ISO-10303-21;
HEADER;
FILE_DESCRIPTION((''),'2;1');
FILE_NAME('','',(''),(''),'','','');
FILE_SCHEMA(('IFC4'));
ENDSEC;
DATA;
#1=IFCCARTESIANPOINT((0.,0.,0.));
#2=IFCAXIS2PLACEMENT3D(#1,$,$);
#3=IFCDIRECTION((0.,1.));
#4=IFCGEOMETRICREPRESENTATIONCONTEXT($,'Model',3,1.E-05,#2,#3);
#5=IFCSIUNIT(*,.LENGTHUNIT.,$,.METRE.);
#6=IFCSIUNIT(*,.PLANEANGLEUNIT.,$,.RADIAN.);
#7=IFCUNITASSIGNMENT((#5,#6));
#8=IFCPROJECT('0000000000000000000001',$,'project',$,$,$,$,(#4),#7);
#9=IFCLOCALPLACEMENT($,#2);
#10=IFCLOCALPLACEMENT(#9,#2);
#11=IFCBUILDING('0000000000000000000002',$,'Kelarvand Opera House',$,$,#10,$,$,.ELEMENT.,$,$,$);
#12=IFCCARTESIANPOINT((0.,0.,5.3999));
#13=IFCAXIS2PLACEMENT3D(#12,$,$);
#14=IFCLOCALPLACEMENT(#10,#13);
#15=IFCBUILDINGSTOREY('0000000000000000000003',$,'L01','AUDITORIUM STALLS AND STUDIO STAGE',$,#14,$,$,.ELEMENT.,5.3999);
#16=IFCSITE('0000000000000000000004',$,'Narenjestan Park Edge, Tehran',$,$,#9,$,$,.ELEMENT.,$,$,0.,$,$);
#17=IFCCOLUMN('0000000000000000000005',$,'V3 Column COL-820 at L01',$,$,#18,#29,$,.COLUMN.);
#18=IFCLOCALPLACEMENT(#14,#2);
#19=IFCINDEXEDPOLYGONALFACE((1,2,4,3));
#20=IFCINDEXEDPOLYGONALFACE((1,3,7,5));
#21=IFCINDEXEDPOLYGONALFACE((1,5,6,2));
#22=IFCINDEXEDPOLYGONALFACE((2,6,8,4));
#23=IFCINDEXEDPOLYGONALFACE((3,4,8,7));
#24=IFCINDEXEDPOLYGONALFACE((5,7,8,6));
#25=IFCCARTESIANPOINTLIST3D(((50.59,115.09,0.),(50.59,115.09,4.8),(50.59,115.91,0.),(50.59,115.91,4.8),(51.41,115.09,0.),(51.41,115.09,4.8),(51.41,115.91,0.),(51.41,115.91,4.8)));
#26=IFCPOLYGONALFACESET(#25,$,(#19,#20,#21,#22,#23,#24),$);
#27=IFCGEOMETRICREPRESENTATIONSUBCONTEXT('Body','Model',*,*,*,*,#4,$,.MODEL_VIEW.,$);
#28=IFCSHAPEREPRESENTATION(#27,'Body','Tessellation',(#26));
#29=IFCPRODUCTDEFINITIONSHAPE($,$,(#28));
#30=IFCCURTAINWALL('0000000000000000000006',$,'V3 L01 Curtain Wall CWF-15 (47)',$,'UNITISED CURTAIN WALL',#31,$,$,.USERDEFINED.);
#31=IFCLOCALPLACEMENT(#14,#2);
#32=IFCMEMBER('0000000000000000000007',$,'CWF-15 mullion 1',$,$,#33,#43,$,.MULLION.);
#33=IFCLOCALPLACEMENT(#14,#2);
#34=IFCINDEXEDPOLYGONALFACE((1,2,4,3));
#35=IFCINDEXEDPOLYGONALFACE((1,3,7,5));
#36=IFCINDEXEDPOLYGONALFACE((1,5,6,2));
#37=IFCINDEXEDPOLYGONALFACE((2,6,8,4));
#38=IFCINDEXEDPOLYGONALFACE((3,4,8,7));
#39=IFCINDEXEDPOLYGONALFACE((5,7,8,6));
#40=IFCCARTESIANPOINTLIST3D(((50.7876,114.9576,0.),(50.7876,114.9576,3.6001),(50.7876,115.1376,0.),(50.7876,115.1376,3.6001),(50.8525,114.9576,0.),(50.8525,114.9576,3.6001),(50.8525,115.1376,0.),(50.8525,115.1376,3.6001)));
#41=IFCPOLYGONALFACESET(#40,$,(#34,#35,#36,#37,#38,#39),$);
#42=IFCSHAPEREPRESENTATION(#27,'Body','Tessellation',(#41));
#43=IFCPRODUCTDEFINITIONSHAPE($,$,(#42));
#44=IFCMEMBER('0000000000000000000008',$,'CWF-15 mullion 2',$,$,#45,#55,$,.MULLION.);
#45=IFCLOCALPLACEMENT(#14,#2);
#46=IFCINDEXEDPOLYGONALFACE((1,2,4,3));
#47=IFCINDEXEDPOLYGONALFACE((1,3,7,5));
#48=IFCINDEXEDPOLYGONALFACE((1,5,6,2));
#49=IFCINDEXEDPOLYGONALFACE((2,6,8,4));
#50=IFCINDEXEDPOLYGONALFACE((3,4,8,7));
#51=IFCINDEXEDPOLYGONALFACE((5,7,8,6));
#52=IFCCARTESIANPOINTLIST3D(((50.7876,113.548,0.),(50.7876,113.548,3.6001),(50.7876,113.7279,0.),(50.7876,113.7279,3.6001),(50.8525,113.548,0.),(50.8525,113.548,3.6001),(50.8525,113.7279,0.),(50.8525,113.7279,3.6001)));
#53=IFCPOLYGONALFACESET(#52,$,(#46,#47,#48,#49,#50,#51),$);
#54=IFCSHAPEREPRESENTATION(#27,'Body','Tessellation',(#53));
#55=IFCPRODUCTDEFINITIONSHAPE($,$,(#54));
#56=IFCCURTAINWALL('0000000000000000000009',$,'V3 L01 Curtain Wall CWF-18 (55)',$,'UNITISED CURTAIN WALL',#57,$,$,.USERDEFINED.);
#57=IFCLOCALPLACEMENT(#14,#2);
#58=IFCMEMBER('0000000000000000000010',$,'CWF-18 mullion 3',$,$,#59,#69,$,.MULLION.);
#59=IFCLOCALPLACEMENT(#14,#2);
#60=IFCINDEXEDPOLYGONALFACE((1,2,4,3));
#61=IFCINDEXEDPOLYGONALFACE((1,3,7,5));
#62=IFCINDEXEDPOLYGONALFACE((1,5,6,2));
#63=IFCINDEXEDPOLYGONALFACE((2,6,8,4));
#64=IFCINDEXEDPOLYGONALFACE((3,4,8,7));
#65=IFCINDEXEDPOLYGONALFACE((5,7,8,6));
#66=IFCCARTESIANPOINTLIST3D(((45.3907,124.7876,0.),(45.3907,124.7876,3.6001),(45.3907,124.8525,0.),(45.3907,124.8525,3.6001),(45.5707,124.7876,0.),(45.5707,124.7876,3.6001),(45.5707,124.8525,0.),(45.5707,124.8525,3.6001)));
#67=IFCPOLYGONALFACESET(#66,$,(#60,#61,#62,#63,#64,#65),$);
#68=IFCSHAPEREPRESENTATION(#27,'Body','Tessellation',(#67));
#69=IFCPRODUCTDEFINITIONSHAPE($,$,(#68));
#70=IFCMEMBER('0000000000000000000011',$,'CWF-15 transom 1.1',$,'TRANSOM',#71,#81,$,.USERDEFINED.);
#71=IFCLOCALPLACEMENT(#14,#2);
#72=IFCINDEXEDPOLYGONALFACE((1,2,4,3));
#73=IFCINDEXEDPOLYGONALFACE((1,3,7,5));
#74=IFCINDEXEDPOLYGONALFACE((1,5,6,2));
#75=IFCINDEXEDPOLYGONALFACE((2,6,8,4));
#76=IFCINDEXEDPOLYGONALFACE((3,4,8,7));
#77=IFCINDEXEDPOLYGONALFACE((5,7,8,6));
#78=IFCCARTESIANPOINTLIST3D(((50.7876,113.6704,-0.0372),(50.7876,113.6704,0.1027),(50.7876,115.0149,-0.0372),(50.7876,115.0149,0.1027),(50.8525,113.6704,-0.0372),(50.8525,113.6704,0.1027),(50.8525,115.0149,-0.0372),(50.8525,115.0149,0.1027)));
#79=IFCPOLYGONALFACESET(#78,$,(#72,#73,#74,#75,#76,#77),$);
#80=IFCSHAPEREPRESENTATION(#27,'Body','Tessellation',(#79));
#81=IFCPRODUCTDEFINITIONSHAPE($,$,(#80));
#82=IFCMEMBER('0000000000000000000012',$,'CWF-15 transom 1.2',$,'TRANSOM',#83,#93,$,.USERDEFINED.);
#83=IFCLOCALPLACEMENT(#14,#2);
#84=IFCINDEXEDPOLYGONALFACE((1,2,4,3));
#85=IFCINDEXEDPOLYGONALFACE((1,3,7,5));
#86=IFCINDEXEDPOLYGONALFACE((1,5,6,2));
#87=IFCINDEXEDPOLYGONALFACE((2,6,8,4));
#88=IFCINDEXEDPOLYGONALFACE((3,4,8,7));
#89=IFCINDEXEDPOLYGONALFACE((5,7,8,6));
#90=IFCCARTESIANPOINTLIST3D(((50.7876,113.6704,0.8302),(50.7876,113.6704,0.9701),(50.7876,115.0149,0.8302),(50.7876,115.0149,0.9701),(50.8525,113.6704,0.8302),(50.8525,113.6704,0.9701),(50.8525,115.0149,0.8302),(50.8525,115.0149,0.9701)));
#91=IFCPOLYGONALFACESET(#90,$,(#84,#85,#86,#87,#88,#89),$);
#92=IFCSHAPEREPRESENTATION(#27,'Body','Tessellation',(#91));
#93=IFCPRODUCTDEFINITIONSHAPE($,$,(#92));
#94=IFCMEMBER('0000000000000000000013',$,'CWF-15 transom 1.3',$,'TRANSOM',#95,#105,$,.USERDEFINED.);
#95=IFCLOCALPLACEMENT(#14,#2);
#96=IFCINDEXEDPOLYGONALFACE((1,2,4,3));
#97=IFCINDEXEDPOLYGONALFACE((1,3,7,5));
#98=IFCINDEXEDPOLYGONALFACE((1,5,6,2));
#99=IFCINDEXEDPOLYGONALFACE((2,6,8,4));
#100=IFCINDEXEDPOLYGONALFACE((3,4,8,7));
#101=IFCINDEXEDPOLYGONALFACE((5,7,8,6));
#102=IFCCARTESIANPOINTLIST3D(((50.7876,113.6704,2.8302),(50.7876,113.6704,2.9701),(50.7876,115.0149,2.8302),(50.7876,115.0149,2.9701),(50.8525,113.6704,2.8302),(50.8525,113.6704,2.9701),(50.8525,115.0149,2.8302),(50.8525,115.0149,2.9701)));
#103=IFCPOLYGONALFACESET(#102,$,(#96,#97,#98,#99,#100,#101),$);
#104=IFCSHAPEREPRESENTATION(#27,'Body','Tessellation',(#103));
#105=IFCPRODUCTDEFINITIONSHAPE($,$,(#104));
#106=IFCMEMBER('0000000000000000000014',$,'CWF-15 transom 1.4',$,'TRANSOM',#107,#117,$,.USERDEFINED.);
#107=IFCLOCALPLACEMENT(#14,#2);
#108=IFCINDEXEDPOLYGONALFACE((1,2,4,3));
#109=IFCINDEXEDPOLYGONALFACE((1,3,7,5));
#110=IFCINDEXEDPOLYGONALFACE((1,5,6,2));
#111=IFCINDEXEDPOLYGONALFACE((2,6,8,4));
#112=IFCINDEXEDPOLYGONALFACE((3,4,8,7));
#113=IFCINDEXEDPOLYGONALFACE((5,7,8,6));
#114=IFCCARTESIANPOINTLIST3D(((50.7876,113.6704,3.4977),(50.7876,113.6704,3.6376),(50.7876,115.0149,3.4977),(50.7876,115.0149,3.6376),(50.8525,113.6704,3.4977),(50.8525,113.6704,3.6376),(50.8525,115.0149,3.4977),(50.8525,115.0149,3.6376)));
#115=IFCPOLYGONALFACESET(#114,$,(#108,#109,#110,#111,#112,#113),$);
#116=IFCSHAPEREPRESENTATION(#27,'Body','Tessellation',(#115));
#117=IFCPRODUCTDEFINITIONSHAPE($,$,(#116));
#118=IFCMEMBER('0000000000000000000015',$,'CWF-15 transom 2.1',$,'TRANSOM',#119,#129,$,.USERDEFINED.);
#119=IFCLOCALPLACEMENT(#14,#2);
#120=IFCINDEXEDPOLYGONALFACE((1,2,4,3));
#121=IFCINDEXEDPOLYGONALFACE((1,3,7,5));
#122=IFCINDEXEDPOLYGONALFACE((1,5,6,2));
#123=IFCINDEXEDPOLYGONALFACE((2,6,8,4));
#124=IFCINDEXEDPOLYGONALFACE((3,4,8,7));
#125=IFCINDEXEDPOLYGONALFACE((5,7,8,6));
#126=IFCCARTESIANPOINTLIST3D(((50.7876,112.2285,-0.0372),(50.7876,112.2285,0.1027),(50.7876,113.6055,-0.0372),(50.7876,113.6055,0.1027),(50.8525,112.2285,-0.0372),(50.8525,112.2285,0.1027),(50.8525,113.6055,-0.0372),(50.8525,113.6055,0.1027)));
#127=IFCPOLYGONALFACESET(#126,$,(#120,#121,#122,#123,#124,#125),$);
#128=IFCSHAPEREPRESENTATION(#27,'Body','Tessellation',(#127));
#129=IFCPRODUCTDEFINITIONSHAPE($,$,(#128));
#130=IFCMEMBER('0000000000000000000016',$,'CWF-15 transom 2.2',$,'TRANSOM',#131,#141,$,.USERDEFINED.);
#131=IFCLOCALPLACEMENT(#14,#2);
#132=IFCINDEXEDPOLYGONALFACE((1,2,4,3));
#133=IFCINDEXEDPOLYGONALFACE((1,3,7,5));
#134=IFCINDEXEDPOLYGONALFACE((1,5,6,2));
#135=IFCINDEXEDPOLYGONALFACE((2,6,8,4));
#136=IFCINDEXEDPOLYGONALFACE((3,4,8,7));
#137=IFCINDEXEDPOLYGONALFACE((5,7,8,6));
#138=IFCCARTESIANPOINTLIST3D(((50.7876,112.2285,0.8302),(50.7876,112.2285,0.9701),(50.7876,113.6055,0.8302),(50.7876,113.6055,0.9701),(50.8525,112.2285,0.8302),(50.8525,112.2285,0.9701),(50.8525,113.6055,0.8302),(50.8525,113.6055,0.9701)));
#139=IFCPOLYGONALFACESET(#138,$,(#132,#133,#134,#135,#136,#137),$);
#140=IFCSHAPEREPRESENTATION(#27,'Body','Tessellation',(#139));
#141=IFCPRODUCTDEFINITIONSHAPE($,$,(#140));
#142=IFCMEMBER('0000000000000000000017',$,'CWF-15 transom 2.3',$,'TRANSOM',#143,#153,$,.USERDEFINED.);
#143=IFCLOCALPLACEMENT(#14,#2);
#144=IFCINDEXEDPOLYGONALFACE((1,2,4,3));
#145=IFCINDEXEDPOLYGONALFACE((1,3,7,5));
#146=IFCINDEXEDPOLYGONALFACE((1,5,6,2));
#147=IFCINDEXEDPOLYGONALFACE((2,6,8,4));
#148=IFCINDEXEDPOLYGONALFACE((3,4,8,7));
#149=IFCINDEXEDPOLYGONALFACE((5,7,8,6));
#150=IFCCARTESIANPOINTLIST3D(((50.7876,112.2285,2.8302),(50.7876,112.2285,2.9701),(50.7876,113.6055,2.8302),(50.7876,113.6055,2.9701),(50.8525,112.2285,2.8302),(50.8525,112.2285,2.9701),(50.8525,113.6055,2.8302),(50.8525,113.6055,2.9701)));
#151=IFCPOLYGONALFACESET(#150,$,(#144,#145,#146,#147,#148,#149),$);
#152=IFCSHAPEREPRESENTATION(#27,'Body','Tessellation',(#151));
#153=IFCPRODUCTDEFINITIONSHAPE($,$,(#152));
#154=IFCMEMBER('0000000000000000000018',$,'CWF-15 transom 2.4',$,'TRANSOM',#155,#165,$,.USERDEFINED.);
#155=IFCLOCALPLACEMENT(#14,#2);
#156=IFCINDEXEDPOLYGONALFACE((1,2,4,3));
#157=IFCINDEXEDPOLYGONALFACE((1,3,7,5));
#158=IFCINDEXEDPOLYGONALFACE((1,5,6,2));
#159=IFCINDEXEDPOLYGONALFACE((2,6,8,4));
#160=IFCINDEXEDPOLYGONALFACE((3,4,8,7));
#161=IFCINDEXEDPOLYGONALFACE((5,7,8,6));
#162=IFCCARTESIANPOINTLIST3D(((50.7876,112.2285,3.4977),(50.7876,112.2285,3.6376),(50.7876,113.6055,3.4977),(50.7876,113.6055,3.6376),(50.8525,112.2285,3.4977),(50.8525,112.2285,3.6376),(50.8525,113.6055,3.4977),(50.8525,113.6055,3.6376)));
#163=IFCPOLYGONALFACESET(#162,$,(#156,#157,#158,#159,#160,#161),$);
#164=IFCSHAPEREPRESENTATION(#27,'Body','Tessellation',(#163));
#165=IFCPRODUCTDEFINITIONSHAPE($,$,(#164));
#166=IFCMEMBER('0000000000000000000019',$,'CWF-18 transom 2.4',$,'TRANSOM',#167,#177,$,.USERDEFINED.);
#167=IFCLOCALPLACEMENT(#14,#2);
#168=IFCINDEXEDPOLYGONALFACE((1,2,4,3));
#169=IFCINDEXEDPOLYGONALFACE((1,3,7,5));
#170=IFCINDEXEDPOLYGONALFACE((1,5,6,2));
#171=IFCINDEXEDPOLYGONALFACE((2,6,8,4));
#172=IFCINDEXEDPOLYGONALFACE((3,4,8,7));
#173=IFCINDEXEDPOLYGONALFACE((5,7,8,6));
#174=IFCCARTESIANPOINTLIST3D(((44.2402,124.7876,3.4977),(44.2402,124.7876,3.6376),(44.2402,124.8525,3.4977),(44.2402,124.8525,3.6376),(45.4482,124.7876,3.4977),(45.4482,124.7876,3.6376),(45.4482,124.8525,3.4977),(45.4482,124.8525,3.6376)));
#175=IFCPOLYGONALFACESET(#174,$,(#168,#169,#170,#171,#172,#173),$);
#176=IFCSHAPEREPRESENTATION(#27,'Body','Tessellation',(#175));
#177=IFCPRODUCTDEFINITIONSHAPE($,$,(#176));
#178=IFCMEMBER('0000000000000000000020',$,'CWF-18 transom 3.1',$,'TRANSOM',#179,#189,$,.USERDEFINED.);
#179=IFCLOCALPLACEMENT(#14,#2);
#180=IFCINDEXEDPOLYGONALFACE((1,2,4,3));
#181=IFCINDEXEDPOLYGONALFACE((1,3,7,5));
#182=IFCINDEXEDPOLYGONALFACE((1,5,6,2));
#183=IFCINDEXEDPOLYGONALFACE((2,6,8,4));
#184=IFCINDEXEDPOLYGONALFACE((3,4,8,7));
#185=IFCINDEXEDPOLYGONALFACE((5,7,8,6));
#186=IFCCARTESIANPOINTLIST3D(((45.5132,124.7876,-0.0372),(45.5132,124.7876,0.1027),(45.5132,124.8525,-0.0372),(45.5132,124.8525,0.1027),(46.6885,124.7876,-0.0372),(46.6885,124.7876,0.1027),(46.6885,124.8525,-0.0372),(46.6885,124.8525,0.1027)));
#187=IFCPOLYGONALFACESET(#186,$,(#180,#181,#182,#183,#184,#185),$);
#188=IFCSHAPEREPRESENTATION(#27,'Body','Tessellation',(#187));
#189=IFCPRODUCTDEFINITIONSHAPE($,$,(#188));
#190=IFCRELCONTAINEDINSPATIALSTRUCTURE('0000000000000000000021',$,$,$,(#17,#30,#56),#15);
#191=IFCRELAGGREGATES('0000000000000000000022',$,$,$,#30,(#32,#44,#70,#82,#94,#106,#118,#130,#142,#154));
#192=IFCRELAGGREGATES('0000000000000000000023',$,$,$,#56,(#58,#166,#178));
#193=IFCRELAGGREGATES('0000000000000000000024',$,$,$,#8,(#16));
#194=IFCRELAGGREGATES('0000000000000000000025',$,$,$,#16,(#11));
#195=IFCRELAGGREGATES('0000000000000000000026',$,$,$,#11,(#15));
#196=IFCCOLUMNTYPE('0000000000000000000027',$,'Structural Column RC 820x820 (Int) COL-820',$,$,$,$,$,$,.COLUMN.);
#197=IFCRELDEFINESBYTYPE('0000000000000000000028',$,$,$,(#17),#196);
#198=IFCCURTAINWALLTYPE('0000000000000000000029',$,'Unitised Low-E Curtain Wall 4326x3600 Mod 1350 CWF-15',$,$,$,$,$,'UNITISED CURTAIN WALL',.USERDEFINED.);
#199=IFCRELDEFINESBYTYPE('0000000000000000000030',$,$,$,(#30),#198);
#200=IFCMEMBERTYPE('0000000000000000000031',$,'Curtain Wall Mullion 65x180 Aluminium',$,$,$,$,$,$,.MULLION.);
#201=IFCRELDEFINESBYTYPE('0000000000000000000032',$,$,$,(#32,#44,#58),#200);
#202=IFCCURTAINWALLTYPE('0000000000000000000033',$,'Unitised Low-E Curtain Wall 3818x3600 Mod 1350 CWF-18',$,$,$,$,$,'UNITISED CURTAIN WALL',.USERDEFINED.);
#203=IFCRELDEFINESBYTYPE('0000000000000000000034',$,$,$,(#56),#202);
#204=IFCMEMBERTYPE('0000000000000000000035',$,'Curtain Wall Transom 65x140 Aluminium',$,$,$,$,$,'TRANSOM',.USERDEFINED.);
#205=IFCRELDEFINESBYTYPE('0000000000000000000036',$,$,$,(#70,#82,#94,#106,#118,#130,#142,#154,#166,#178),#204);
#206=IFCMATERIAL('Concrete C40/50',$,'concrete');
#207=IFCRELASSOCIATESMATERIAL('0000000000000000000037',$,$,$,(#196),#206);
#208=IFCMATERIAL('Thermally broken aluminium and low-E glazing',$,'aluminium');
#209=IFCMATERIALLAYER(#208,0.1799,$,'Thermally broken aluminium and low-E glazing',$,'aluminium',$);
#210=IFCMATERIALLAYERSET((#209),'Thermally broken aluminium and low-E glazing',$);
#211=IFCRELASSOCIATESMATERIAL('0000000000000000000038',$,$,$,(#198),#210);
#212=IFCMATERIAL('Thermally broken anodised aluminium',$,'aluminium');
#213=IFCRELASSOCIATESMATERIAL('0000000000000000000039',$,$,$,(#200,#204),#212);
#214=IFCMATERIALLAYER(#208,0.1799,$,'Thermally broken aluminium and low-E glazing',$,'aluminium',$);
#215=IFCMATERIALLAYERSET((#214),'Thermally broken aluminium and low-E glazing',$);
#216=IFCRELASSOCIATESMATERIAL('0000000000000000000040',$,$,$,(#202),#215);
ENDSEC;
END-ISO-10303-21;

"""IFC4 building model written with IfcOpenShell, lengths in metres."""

from ifc_helpers import new_model, si_unit, direction, frame, origin, origin_2d, place, context, subcontext, project, spatial, rectangle, extrude, material, layer, layer_set, material_profile, profile_set, type_object, element, aggregate, save


model = new_model("IFC4")

# Units and contexts
model_context = context("Model", 3, precision=1e-05, world=origin(), true_north=direction((0.0, 1.0)))
body_context = subcontext(model_context, "Body", "Model", "MODEL_VIEW")
ifc_project = project(units=[si_unit("LENGTHUNIT", "METRE"), si_unit("PLANEANGLEUNIT", "RADIAN")], contexts=[model_context])

# Site, building, storey
site_placement = place(None, origin())
site = spatial("IfcSite", under=ifc_project, at=site_placement, Name="Narenjestan Park Edge, Tehran", CompositionType="ELEMENT", RefElevation=0.0)
building_placement = place(site_placement, origin())
building = spatial("IfcBuilding", under=site, at=building_placement, Name="Kelarvand Opera House", CompositionType="ELEMENT")
storey_placement = place(building_placement, frame((0.0, 0.0, 5.3999)))
storey = spatial("IfcBuildingStorey", under=building, at=storey_placement, Name="L01", Description="AUDITORIUM STALLS AND STUDIO STAGE", CompositionType="ELEMENT", Elevation=5.3999)

# Column
ifc_material_1 = material(Name="Concrete C40/50", Category="concrete")
ifc_material_profile_1 = material_profile(ifc_material_1, rectangle(XDim=0.8201, YDim=0.8201, at=origin_2d()), Name="RC 820x820", Category="concrete")
ifc_profile_set_1 = profile_set([ifc_material_profile_1], Name="Concrete C40/50")
column_type = type_object("IfcColumnType", Name="Structural Column RC 820x820 (Int) COL-820", PredefinedType="COLUMN", material=ifc_profile_set_1)
column_placement = place(storey_placement, frame((51.0, 115.5, 0.0), z_axis=(0.0, 0.0, 1.0), x_axis=(1.0, 0.0, 0.0)))
element("IfcColumn", 1, at=column_placement, inside=storey, type_object=column_type, Name="V3 Column COL-820 at L01", PredefinedType="COLUMN", context=body_context, shape_type="SweptSolid", body=[
    extrude(rectangle(XDim=0.8201, YDim=0.8201, at=origin_2d()), origin(), (0.0, 0.0, 1.0), 4.8),
])

# Curtain wall, members
ifc_material_2 = material(Name="Thermally broken aluminium and low-E glazing", Category="aluminium")
ifc_layer_1 = layer(ifc_material_2, 0.1799, Name="Thermally broken aluminium and low-E glazing", Category="aluminium")
ifc_layer_set_1 = layer_set([ifc_layer_1], Name="Thermally broken aluminium and low-E glazing")
curtain_wall_type_1 = type_object("IfcCurtainWallType", Name="Unitised Low-E Curtain Wall 4326x3600 Mod 1350 CWF-15", ElementType="UNITISED CURTAIN WALL", PredefinedType="USERDEFINED", material=ifc_layer_set_1)
curtain_wall_1_placement = place(storey_placement, origin())
curtain_wall_1 = element("IfcCurtainWall", 2, at=curtain_wall_1_placement, inside=storey, type_object=curtain_wall_type_1, Name="V3 L01 Curtain Wall CWF-15 (47)", ObjectType="UNITISED CURTAIN WALL", PredefinedType="USERDEFINED")
ifc_material_3 = material(Name="Thermally broken anodised aluminium", Category="aluminium")
ifc_material_profile_2 = material_profile(ifc_material_3, rectangle(XDim=0.0649, YDim=0.1799, at=origin_2d()), Name="ALU MULLION 65x180", Category="aluminium")
ifc_profile_set_2 = profile_set([ifc_material_profile_2], Name="Thermally broken anodised aluminium")
member_type_1 = type_object("IfcMemberType", Name="Curtain Wall Mullion 65x180 Aluminium", PredefinedType="MULLION", material=ifc_profile_set_2)
member_1_placement = place(storey_placement, frame((50.8201, 115.0476, 0.0), z_axis=(0.0, 0.0, 1.0), x_axis=(1.0, 0.0, 0.0)))
member_1 = element("IfcMember", 3, at=member_1_placement, type_object=member_type_1, Name="CWF-15 mullion 1", PredefinedType="MULLION", context=body_context, shape_type="SweptSolid", body=[
    extrude(rectangle(XDim=0.0649, YDim=0.1799, at=origin_2d()), origin(), (0.0, 0.0, 1.0), 3.6001),
])
member_2_placement = place(storey_placement, frame((50.8201, 113.6379, 0.0), z_axis=(0.0, 0.0, 1.0), x_axis=(1.0, 0.0, 0.0)))
member_2 = element("IfcMember", 4, at=member_2_placement, type_object=member_type_1, Name="CWF-15 mullion 2", PredefinedType="MULLION", context=body_context, shape_type="SweptSolid", body=[
    extrude(rectangle(XDim=0.0649, YDim=0.1799, at=origin_2d()), origin(), (0.0, 0.0, 1.0), 3.6001),
])

# Curtain wall, member
ifc_layer_2 = layer(ifc_material_2, 0.1799, Name="Thermally broken aluminium and low-E glazing", Category="aluminium")
ifc_layer_set_2 = layer_set([ifc_layer_2], Name="Thermally broken aluminium and low-E glazing")
curtain_wall_type_2 = type_object("IfcCurtainWallType", Name="Unitised Low-E Curtain Wall 3818x3600 Mod 1350 CWF-18", ElementType="UNITISED CURTAIN WALL", PredefinedType="USERDEFINED", material=ifc_layer_set_2)
curtain_wall_2_placement = place(storey_placement, origin())
curtain_wall_2 = element("IfcCurtainWall", 5, at=curtain_wall_2_placement, inside=storey, type_object=curtain_wall_type_2, Name="V3 L01 Curtain Wall CWF-18 (55)", ObjectType="UNITISED CURTAIN WALL", PredefinedType="USERDEFINED")
member_3_placement = place(storey_placement, frame((45.4807, 124.8201, 0.0), z_axis=(0.0, 0.0, 1.0), x_axis=(0.0, 1.0, 0.0)))
member_3 = element("IfcMember", 6, at=member_3_placement, type_object=member_type_1, Name="CWF-18 mullion 3", PredefinedType="MULLION", context=body_context, shape_type="SweptSolid", body=[
    extrude(rectangle(XDim=0.0649, YDim=0.1799, at=origin_2d()), origin(), (0.0, 0.0, 1.0), 3.6001),
])

# Members
ifc_material_profile_3 = material_profile(ifc_material_3, rectangle(XDim=0.0649, YDim=0.1399, at=origin_2d()), Name="ALU TRANSOM 65x140", Category="aluminium")
ifc_profile_set_3 = profile_set([ifc_material_profile_3], Name="Thermally broken anodised aluminium")
member_type_2 = type_object("IfcMemberType", Name="Curtain Wall Transom 65x140 Aluminium", ElementType="TRANSOM", PredefinedType="USERDEFINED", material=ifc_profile_set_3)
member_4_placement = place(storey_placement, frame((50.8201, 115.0149, 0.0327), z_axis=(0.0, -1.0, 0.0), x_axis=(1.0, 0.0, 0.0)))
member_4 = element("IfcMember", 7, at=member_4_placement, type_object=member_type_2, Name="CWF-15 transom 1.1", ObjectType="TRANSOM", PredefinedType="USERDEFINED", context=body_context, shape_type="SweptSolid", body=[
    extrude(rectangle(XDim=0.0649, YDim=0.1399, at=origin_2d()), origin(), (0.0, 0.0, 1.0), 1.3445),
])
member_5_placement = place(storey_placement, frame((50.8201, 115.0149, 0.9001), z_axis=(0.0, -1.0, 0.0), x_axis=(1.0, 0.0, 0.0)))
member_5 = element("IfcMember", 8, at=member_5_placement, type_object=member_type_2, Name="CWF-15 transom 1.2", ObjectType="TRANSOM", PredefinedType="USERDEFINED", context=body_context, shape_type="SweptSolid", body=[
    extrude(rectangle(XDim=0.0649, YDim=0.1399, at=origin_2d()), origin(), (0.0, 0.0, 1.0), 1.3445),
])
member_6_placement = place(storey_placement, frame((50.8201, 115.0149, 2.9001), z_axis=(0.0, -1.0, 0.0), x_axis=(1.0, 0.0, 0.0)))
member_6 = element("IfcMember", 9, at=member_6_placement, type_object=member_type_2, Name="CWF-15 transom 1.3", ObjectType="TRANSOM", PredefinedType="USERDEFINED", context=body_context, shape_type="SweptSolid", body=[
    extrude(rectangle(XDim=0.0649, YDim=0.1399, at=origin_2d()), origin(), (0.0, 0.0, 1.0), 1.3445),
])
member_7_placement = place(storey_placement, frame((50.8201, 115.0149, 3.5676), z_axis=(0.0, -1.0, 0.0), x_axis=(1.0, 0.0, 0.0)))
member_7 = element("IfcMember", 10, at=member_7_placement, type_object=member_type_2, Name="CWF-15 transom 1.4", ObjectType="TRANSOM", PredefinedType="USERDEFINED", context=body_context, shape_type="SweptSolid", body=[
    extrude(rectangle(XDim=0.0649, YDim=0.1399, at=origin_2d()), origin(), (0.0, 0.0, 1.0), 1.3445),
])
member_8_placement = place(storey_placement, frame((50.8201, 113.6055, 0.0327), z_axis=(0.0, -1.0, 0.0), x_axis=(1.0, 0.0, 0.0)))
member_8 = element("IfcMember", 11, at=member_8_placement, type_object=member_type_2, Name="CWF-15 transom 2.1", ObjectType="TRANSOM", PredefinedType="USERDEFINED", context=body_context, shape_type="SweptSolid", body=[
    extrude(rectangle(XDim=0.0649, YDim=0.1399, at=origin_2d()), origin(), (0.0, 0.0, 1.0), 1.377),
])
member_9_placement = place(storey_placement, frame((50.8201, 113.6055, 0.9001), z_axis=(0.0, -1.0, 0.0), x_axis=(1.0, 0.0, 0.0)))
member_9 = element("IfcMember", 12, at=member_9_placement, type_object=member_type_2, Name="CWF-15 transom 2.2", ObjectType="TRANSOM", PredefinedType="USERDEFINED", context=body_context, shape_type="SweptSolid", body=[
    extrude(rectangle(XDim=0.0649, YDim=0.1399, at=origin_2d()), origin(), (0.0, 0.0, 1.0), 1.377),
])
member_10_placement = place(storey_placement, frame((50.8201, 113.6055, 2.9001), z_axis=(0.0, -1.0, 0.0), x_axis=(1.0, 0.0, 0.0)))
member_10 = element("IfcMember", 13, at=member_10_placement, type_object=member_type_2, Name="CWF-15 transom 2.3", ObjectType="TRANSOM", PredefinedType="USERDEFINED", context=body_context, shape_type="SweptSolid", body=[
    extrude(rectangle(XDim=0.0649, YDim=0.1399, at=origin_2d()), origin(), (0.0, 0.0, 1.0), 1.377),
])
member_11_placement = place(storey_placement, frame((50.8201, 113.6055, 3.5676), z_axis=(0.0, -1.0, 0.0), x_axis=(1.0, 0.0, 0.0)))
member_11 = element("IfcMember", 14, at=member_11_placement, type_object=member_type_2, Name="CWF-15 transom 2.4", ObjectType="TRANSOM", PredefinedType="USERDEFINED", context=body_context, shape_type="SweptSolid", body=[
    extrude(rectangle(XDim=0.0649, YDim=0.1399, at=origin_2d()), origin(), (0.0, 0.0, 1.0), 1.377),
])
member_12_placement = place(storey_placement, frame((44.2402, 124.8201, 3.5676), z_axis=(1.0, 0.0, 0.0), x_axis=(0.0, 1.0, 0.0)))
member_12 = element("IfcMember", 15, at=member_12_placement, type_object=member_type_2, Name="CWF-18 transom 2.4", ObjectType="TRANSOM", PredefinedType="USERDEFINED", context=body_context, shape_type="SweptSolid", body=[
    extrude(rectangle(XDim=0.0649, YDim=0.1399, at=origin_2d()), origin(), (0.0, 0.0, 1.0), 1.208),
])
member_13_placement = place(storey_placement, frame((45.5132, 124.8201, 0.0327), z_axis=(1.0, 0.0, 0.0), x_axis=(0.0, 1.0, 0.0)))
member_13 = element("IfcMember", 16, at=member_13_placement, type_object=member_type_2, Name="CWF-18 transom 3.1", ObjectType="TRANSOM", PredefinedType="USERDEFINED", context=body_context, shape_type="SweptSolid", body=[
    extrude(rectangle(XDim=0.0649, YDim=0.1399, at=origin_2d()), origin(), (0.0, 0.0, 1.0), 1.1753),
])

aggregate(curtain_wall_1, [member_1, member_2, member_4, member_5, member_6, member_7, member_8, member_9, member_10, member_11])
aggregate(curtain_wall_2, [member_3, member_12, member_13])

save(model, "model.ifc")
